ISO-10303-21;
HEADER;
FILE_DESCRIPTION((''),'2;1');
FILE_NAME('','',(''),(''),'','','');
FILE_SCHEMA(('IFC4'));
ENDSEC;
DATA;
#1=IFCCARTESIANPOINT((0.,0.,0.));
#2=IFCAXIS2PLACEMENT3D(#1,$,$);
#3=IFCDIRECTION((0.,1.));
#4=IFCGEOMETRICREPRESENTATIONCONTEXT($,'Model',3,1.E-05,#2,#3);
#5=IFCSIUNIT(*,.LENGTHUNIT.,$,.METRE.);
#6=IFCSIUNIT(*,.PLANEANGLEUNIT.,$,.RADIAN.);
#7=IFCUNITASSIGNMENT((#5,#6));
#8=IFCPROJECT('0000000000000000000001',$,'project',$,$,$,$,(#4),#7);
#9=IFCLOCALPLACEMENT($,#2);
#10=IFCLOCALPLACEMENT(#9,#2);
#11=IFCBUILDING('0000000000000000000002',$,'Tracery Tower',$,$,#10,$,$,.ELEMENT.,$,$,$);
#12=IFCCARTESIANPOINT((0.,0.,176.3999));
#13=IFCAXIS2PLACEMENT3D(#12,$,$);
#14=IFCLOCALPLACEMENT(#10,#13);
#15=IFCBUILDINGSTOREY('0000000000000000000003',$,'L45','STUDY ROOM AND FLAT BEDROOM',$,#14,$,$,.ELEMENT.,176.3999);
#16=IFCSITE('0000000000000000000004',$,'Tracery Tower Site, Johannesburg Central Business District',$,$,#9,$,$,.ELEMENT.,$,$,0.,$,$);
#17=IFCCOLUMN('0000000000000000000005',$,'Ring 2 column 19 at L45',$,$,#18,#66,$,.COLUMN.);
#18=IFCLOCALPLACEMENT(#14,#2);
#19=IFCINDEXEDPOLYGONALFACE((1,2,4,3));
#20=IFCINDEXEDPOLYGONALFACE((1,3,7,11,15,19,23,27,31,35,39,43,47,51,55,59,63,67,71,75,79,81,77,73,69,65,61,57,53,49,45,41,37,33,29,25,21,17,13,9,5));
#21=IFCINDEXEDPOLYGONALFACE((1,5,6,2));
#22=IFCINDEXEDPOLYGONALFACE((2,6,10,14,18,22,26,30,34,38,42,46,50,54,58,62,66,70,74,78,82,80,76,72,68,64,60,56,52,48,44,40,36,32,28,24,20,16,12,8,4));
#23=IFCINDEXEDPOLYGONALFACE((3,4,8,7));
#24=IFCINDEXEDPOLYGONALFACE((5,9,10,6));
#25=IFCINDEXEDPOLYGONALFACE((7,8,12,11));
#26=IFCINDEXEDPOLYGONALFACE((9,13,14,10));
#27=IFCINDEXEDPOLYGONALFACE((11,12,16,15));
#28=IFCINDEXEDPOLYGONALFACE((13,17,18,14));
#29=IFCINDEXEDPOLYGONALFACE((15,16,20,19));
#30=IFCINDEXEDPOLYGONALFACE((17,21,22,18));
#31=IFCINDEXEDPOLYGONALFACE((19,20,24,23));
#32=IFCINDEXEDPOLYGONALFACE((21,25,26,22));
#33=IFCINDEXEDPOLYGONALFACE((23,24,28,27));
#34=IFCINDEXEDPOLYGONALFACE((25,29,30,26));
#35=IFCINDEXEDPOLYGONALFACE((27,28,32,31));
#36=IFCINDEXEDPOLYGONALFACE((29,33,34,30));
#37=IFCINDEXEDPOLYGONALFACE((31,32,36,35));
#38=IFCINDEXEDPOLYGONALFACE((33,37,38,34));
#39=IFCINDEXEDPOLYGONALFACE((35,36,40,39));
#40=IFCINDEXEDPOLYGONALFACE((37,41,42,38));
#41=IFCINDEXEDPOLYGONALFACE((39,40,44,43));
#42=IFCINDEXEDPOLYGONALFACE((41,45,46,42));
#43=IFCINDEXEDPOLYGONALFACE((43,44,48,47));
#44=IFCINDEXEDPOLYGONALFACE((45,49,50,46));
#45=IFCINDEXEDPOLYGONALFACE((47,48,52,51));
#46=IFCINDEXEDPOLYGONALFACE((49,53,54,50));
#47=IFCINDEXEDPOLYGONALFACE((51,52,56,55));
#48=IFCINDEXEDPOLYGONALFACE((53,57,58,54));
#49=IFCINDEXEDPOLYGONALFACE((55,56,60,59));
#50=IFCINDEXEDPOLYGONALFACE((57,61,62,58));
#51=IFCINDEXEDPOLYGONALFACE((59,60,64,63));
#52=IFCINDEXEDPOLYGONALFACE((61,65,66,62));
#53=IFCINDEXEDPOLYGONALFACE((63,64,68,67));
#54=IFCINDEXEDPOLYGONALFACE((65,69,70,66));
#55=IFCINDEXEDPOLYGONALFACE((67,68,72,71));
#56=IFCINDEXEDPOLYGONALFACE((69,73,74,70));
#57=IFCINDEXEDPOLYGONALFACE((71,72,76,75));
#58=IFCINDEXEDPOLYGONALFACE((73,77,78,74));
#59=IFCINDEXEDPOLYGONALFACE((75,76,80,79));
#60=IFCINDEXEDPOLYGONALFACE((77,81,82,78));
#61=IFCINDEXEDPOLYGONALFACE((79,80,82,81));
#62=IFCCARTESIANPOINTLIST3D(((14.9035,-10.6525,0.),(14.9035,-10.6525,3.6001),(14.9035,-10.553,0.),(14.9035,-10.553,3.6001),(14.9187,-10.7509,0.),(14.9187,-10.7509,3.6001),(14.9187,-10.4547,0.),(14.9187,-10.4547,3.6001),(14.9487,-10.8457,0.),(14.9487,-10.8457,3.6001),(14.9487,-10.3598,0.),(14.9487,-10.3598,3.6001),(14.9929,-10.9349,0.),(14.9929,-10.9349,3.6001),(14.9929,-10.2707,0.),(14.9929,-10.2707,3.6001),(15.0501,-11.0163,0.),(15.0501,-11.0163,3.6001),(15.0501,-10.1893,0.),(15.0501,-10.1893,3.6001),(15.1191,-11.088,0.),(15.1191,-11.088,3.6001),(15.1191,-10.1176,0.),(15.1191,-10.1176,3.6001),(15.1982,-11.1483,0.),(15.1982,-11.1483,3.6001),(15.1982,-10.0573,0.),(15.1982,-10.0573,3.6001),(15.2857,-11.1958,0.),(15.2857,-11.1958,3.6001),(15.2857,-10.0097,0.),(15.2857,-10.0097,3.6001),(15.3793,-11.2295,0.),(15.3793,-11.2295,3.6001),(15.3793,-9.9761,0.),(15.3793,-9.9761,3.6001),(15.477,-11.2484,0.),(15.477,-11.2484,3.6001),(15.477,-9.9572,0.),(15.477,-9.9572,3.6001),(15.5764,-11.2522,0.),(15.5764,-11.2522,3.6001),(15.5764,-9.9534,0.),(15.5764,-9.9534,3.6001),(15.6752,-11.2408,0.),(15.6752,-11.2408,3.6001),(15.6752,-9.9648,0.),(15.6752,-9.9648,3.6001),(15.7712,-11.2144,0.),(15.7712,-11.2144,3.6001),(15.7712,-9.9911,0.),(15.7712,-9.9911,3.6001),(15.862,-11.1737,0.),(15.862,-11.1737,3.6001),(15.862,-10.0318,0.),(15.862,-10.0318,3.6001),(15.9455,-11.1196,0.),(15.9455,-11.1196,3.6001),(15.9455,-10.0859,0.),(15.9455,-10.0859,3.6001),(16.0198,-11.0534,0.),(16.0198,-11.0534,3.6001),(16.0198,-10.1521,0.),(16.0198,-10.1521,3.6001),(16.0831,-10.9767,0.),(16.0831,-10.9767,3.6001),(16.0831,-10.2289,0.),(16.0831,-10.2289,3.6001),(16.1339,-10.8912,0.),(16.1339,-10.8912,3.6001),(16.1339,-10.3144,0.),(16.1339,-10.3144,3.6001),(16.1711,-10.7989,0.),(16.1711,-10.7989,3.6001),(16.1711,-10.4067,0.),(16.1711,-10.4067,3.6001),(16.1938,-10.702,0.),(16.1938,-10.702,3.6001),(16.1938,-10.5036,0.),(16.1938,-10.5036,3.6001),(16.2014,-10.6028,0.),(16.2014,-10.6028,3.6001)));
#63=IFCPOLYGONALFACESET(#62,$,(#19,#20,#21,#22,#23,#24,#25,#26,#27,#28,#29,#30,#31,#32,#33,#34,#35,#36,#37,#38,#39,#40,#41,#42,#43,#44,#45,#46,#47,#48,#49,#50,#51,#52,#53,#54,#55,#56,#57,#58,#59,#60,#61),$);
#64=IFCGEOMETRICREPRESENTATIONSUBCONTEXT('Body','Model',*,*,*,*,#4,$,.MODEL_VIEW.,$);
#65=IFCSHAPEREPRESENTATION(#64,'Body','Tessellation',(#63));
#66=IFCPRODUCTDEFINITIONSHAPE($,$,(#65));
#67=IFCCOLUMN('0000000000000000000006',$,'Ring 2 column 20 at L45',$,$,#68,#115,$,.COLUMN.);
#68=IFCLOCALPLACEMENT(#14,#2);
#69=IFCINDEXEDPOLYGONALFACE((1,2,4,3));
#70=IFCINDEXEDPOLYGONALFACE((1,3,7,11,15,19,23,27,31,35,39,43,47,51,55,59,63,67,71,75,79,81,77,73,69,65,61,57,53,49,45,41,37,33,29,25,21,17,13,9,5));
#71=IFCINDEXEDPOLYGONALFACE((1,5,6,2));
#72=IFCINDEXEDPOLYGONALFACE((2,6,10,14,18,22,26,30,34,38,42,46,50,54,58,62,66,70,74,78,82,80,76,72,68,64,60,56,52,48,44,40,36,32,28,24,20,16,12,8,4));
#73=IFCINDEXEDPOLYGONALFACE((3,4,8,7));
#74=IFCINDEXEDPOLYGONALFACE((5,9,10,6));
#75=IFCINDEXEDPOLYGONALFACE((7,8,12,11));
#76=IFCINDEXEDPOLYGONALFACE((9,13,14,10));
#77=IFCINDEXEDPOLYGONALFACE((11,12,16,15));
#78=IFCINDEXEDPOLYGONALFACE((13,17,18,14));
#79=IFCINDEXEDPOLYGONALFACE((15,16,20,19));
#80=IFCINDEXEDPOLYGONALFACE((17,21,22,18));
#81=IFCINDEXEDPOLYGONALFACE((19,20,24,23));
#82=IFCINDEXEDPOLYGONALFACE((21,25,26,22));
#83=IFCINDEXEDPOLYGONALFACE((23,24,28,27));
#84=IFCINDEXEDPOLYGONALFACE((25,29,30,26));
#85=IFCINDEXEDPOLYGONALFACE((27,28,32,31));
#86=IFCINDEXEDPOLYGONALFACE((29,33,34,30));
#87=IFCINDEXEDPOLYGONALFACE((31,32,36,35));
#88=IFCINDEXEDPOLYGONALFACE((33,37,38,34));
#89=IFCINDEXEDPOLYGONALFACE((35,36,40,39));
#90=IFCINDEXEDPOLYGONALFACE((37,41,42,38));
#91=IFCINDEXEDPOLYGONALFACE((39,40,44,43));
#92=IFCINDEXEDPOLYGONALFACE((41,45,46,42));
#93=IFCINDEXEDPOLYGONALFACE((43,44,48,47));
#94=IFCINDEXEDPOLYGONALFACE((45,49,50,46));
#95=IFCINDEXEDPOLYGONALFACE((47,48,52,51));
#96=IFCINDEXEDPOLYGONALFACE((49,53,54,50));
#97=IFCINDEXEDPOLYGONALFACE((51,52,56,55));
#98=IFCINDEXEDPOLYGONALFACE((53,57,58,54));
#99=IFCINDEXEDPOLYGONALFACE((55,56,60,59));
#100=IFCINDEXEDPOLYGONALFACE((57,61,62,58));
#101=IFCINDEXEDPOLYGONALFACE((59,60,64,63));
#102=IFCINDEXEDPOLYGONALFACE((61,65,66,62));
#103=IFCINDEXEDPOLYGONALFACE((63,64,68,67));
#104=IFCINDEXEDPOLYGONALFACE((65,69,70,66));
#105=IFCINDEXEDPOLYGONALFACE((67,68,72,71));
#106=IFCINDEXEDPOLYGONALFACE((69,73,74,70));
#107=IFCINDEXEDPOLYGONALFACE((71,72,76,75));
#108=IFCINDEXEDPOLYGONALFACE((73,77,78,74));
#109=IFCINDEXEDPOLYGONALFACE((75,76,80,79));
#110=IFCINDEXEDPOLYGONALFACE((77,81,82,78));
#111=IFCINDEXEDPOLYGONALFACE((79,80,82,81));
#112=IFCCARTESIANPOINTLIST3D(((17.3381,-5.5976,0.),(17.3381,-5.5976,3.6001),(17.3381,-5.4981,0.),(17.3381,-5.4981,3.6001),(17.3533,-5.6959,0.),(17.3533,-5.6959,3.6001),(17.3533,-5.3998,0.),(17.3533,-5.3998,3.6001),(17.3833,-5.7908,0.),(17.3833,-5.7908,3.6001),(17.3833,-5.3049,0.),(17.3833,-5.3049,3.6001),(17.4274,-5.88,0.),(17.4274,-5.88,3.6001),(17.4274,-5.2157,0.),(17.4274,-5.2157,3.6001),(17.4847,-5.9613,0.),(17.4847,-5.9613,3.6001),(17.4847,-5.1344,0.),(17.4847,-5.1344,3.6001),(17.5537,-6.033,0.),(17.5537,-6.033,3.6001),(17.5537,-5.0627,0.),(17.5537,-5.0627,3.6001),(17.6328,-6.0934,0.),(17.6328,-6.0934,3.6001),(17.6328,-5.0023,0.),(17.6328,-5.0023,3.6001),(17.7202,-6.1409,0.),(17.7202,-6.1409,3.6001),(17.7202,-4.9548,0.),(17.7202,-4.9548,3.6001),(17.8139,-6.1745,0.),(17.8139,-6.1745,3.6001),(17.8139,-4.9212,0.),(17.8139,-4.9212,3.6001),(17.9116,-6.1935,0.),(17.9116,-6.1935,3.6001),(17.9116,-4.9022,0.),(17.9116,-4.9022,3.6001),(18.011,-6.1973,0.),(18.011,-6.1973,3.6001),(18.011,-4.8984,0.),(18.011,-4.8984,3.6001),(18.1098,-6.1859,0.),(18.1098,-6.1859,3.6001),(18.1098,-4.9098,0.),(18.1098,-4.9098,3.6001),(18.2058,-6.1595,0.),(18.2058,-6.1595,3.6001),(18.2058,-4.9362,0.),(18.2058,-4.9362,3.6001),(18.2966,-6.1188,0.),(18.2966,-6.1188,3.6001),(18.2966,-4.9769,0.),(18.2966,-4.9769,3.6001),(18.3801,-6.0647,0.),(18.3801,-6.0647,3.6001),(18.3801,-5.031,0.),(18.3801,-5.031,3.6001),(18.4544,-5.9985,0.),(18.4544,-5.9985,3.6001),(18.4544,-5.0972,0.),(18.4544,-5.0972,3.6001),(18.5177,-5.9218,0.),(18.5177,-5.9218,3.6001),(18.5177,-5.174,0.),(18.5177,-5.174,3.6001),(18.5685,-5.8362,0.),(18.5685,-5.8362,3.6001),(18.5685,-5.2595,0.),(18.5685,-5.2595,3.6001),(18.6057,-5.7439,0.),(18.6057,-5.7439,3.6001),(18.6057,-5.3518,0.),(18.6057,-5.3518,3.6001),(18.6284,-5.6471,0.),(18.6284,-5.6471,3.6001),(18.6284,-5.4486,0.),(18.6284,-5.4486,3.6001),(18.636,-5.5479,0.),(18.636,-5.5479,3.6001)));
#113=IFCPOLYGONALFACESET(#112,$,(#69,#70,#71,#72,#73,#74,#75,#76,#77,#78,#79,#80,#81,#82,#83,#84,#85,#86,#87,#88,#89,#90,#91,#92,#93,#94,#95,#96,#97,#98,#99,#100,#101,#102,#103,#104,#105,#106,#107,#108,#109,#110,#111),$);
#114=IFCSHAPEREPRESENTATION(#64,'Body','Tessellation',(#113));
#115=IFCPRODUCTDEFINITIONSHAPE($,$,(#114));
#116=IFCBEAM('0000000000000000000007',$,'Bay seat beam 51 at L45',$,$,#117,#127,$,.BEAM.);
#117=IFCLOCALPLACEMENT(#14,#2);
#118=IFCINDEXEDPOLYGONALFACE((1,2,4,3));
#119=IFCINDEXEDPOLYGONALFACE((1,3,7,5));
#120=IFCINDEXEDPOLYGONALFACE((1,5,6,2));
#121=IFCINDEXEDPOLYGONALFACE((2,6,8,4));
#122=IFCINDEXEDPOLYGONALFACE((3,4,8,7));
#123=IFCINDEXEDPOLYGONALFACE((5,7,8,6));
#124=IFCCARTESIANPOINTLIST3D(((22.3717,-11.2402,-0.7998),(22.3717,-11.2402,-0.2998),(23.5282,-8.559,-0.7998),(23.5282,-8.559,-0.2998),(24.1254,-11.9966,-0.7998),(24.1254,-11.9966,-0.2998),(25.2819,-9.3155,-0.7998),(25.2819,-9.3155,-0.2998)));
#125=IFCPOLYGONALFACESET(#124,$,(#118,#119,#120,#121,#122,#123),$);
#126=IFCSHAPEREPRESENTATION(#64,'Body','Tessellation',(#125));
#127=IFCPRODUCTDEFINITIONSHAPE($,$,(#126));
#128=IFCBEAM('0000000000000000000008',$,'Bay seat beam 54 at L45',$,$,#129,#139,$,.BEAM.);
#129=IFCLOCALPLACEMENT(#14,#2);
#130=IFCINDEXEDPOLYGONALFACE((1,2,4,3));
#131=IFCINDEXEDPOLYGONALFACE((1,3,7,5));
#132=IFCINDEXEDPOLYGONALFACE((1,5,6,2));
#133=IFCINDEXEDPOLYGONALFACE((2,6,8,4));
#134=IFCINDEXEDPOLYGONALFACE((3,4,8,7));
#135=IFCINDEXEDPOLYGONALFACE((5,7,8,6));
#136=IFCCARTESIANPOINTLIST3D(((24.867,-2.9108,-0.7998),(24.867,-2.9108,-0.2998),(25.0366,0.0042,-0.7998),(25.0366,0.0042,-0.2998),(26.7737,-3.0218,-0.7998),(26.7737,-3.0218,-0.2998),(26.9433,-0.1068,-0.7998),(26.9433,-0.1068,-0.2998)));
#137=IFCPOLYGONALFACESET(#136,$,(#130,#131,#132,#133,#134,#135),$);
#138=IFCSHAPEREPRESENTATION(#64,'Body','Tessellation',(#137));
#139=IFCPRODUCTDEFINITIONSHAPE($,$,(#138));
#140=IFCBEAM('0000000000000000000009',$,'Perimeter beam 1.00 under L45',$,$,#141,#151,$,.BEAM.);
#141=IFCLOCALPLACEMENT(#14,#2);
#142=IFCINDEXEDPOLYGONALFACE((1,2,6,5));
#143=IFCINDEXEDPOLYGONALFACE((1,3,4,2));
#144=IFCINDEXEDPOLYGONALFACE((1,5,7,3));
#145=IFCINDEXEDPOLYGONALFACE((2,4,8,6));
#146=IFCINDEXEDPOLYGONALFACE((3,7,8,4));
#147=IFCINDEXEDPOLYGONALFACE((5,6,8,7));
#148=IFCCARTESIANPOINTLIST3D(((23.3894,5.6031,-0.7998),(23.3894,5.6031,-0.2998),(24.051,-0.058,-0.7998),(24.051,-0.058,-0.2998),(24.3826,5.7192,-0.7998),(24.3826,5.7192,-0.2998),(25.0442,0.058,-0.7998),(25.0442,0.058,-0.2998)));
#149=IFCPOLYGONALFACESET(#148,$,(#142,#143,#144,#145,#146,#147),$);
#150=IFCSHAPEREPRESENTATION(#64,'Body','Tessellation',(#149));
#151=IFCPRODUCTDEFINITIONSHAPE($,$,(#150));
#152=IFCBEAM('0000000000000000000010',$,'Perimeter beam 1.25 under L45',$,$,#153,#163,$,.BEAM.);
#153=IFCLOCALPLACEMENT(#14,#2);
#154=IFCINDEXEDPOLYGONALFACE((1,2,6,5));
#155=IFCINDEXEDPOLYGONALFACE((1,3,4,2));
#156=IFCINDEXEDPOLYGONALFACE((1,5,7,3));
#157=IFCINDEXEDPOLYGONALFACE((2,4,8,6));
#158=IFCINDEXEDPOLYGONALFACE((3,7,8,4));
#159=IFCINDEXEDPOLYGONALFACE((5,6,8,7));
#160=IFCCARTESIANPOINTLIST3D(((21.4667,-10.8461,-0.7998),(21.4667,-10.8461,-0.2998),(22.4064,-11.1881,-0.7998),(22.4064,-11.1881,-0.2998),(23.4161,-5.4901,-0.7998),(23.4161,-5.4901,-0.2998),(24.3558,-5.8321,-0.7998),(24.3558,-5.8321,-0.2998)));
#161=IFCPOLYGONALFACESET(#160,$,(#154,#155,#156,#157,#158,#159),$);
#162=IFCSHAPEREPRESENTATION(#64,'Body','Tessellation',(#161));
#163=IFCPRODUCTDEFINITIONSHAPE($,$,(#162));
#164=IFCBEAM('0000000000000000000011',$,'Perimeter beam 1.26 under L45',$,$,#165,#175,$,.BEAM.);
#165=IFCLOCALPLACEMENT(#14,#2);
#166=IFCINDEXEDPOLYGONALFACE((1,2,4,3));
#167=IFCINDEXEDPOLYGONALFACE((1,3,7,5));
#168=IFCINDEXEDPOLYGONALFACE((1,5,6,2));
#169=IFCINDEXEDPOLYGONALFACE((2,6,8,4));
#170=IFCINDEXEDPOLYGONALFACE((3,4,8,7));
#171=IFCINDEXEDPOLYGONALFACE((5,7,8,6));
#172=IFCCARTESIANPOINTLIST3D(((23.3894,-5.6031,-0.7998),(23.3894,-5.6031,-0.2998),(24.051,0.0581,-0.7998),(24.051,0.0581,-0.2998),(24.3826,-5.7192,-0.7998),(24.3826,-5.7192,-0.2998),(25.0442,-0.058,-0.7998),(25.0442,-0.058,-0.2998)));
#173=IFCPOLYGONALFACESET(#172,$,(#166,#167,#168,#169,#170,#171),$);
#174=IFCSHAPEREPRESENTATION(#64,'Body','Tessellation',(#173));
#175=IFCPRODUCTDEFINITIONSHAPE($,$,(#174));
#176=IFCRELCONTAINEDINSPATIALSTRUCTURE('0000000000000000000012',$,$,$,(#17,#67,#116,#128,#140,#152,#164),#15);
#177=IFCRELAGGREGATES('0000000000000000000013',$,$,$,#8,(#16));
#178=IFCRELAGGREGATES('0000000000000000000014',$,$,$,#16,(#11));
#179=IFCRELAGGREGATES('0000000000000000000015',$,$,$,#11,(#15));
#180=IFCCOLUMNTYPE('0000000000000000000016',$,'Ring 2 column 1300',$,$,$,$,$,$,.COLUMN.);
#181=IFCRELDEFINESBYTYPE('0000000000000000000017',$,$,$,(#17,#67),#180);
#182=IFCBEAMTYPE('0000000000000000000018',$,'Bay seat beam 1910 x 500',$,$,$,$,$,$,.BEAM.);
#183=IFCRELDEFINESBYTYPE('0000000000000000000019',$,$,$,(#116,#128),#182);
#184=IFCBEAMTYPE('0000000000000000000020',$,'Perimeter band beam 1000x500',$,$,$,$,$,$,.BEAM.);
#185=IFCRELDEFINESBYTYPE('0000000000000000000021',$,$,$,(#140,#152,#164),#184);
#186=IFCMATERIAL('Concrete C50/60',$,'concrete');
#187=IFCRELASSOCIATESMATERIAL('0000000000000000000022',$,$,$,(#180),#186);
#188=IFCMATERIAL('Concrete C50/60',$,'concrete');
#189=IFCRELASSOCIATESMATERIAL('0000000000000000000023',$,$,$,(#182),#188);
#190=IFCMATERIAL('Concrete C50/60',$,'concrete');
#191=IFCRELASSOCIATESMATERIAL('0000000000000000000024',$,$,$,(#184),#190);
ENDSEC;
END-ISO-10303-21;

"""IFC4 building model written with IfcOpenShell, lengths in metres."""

from ifc_helpers import new_model, si_unit, direction, frame, origin, origin_2d, place, context, subcontext, project, spatial, rectangle, circle, extrude, material, material_profile, profile_set, type_object, element, save


model = new_model("IFC4")

# Units and contexts
model_context = context("Model", 3, precision=1e-05, world=origin(), true_north=direction((0.0, 1.0)))
body_context = subcontext(model_context, "Body", "Model", "MODEL_VIEW")
ifc_project = project(units=[si_unit("LENGTHUNIT", "METRE"), si_unit("PLANEANGLEUNIT", "RADIAN")], contexts=[model_context])

# Site, building, storey
site_placement = place(None, origin())
site = spatial("IfcSite", under=ifc_project, at=site_placement, Name="Tracery Tower Site, Johannesburg Central Business District", CompositionType="ELEMENT", RefElevation=0.0)
building_placement = place(site_placement, origin())
building = spatial("IfcBuilding", under=site, at=building_placement, Name="Tracery Tower", CompositionType="ELEMENT")
storey_placement = place(building_placement, frame((0.0, 0.0, 176.3999)))
storey = spatial("IfcBuildingStorey", under=building, at=storey_placement, Name="L45", Description="STUDY ROOM AND FLAT BEDROOM", CompositionType="ELEMENT", Elevation=176.3999)

# Columns
ifc_material_1 = material(Name="Concrete C50/60", Category="concrete")
ifc_material_profile_1 = material_profile(ifc_material_1, circle(Radius=0.6499, at=origin_2d()), Name="RC D1300")
ifc_profile_set_1 = profile_set([ifc_material_profile_1], Name="Concrete C50/60")
column_type_1 = type_object("IfcColumnType", Name="Ring 2 column 1300", PredefinedType="COLUMN", material=ifc_profile_set_1)
for number, where, z_axis, x_axis, name in (
    (1, (15.5515, -10.6028, 0.0), (0.0, 0.0, 1.0), (1.0, 0.0, 0.0), "Ring 2 column 19 at L45"),
    (2, (17.9861, -5.5479, 0.0), (0.0, 0.0, 1.0), (1.0, 0.0, 0.0), "Ring 2 column 20 at L45"),
):
    element("IfcColumn", number, at=place(storey_placement, frame(where, z_axis=z_axis, x_axis=x_axis)), inside=storey, type_object=column_type_1, Name=name, PredefinedType="COLUMN", context=body_context, shape_type="SweptSolid", body=[
        extrude(circle(Radius=0.6499, at=origin_2d()), origin(), (0.0, 0.0, 1.0), 3.6001),
    ])

# Beams
ifc_material_2 = material(Name="Concrete C50/60", Category="concrete")
ifc_material_profile_2 = material_profile(ifc_material_2, rectangle(XDim=1.9099, YDim=0.5, at=origin_2d()), Name="RC 1910x500")
ifc_profile_set_2 = profile_set([ifc_material_profile_2], Name="Concrete C50/60")
beam_type_1 = type_object("IfcBeamType", Name="Bay seat beam 1910 x 500", PredefinedType="BEAM", material=ifc_profile_set_2)
for number, where, z_axis, x_axis, name in (
    (3, (23.2485, -11.6184, -0.5498), (0.396068, 0.918221, 0.0), (-0.918221, 0.396068, 0.0), "Bay seat beam 51 at L45"),
    (4, (25.8203, -2.9663, -0.5498), (0.058109, 0.99831, 0.0), (-0.99831, 0.058109, 0.0), "Bay seat beam 54 at L45"),
):
    element("IfcBeam", number, at=place(storey_placement, frame(where, z_axis=z_axis, x_axis=x_axis)), inside=storey, type_object=beam_type_1, Name=name, PredefinedType="BEAM", context=body_context, shape_type="SweptSolid", body=[
        extrude(rectangle(XDim=1.9099, YDim=0.5, at=origin_2d()), origin(), (0.0, 0.0, 1.0), 2.9199),
    ])
ifc_material_3 = material(Name="Concrete C50/60", Category="concrete")
ifc_material_profile_3 = material_profile(ifc_material_3, rectangle(XDim=1.0, YDim=0.5, at=origin_2d()), Name="RC 1000x500")
ifc_profile_set_3 = profile_set([ifc_material_profile_3], Name="Concrete C50/60")
beam_type_2 = type_object("IfcBeamType", Name="Perimeter band beam 1000x500", PredefinedType="BEAM", material=ifc_profile_set_3)
for number, where, z_axis, x_axis, name in (
    (5, (24.5476, 0.0, -0.5498), (-0.116081, 0.99324, 0.0), (-0.99324, -0.116081, 0.0), "Perimeter beam 1.00 under L45"),
    (6, (21.9365, -11.0171, -0.5498), (0.342029, 0.93969, 0.0), (-0.93969, 0.342029, 0.0), "Perimeter beam 1.25 under L45"),
    (7, (23.886, -5.6611, -0.5498), (0.116081, 0.99324, 0.0), (-0.99324, 0.116081, 0.0), "Perimeter beam 1.26 under L45"),
):
    element("IfcBeam", number, at=place(storey_placement, frame(where, z_axis=z_axis, x_axis=x_axis)), inside=storey, type_object=beam_type_2, Name=name, PredefinedType="BEAM", context=body_context, shape_type="SweptSolid", body=[
        extrude(rectangle(XDim=1.0, YDim=0.5, at=origin_2d()), origin(), (0.0, 0.0, 1.0), 5.6997),
    ])

save(model, "model.ifc")
